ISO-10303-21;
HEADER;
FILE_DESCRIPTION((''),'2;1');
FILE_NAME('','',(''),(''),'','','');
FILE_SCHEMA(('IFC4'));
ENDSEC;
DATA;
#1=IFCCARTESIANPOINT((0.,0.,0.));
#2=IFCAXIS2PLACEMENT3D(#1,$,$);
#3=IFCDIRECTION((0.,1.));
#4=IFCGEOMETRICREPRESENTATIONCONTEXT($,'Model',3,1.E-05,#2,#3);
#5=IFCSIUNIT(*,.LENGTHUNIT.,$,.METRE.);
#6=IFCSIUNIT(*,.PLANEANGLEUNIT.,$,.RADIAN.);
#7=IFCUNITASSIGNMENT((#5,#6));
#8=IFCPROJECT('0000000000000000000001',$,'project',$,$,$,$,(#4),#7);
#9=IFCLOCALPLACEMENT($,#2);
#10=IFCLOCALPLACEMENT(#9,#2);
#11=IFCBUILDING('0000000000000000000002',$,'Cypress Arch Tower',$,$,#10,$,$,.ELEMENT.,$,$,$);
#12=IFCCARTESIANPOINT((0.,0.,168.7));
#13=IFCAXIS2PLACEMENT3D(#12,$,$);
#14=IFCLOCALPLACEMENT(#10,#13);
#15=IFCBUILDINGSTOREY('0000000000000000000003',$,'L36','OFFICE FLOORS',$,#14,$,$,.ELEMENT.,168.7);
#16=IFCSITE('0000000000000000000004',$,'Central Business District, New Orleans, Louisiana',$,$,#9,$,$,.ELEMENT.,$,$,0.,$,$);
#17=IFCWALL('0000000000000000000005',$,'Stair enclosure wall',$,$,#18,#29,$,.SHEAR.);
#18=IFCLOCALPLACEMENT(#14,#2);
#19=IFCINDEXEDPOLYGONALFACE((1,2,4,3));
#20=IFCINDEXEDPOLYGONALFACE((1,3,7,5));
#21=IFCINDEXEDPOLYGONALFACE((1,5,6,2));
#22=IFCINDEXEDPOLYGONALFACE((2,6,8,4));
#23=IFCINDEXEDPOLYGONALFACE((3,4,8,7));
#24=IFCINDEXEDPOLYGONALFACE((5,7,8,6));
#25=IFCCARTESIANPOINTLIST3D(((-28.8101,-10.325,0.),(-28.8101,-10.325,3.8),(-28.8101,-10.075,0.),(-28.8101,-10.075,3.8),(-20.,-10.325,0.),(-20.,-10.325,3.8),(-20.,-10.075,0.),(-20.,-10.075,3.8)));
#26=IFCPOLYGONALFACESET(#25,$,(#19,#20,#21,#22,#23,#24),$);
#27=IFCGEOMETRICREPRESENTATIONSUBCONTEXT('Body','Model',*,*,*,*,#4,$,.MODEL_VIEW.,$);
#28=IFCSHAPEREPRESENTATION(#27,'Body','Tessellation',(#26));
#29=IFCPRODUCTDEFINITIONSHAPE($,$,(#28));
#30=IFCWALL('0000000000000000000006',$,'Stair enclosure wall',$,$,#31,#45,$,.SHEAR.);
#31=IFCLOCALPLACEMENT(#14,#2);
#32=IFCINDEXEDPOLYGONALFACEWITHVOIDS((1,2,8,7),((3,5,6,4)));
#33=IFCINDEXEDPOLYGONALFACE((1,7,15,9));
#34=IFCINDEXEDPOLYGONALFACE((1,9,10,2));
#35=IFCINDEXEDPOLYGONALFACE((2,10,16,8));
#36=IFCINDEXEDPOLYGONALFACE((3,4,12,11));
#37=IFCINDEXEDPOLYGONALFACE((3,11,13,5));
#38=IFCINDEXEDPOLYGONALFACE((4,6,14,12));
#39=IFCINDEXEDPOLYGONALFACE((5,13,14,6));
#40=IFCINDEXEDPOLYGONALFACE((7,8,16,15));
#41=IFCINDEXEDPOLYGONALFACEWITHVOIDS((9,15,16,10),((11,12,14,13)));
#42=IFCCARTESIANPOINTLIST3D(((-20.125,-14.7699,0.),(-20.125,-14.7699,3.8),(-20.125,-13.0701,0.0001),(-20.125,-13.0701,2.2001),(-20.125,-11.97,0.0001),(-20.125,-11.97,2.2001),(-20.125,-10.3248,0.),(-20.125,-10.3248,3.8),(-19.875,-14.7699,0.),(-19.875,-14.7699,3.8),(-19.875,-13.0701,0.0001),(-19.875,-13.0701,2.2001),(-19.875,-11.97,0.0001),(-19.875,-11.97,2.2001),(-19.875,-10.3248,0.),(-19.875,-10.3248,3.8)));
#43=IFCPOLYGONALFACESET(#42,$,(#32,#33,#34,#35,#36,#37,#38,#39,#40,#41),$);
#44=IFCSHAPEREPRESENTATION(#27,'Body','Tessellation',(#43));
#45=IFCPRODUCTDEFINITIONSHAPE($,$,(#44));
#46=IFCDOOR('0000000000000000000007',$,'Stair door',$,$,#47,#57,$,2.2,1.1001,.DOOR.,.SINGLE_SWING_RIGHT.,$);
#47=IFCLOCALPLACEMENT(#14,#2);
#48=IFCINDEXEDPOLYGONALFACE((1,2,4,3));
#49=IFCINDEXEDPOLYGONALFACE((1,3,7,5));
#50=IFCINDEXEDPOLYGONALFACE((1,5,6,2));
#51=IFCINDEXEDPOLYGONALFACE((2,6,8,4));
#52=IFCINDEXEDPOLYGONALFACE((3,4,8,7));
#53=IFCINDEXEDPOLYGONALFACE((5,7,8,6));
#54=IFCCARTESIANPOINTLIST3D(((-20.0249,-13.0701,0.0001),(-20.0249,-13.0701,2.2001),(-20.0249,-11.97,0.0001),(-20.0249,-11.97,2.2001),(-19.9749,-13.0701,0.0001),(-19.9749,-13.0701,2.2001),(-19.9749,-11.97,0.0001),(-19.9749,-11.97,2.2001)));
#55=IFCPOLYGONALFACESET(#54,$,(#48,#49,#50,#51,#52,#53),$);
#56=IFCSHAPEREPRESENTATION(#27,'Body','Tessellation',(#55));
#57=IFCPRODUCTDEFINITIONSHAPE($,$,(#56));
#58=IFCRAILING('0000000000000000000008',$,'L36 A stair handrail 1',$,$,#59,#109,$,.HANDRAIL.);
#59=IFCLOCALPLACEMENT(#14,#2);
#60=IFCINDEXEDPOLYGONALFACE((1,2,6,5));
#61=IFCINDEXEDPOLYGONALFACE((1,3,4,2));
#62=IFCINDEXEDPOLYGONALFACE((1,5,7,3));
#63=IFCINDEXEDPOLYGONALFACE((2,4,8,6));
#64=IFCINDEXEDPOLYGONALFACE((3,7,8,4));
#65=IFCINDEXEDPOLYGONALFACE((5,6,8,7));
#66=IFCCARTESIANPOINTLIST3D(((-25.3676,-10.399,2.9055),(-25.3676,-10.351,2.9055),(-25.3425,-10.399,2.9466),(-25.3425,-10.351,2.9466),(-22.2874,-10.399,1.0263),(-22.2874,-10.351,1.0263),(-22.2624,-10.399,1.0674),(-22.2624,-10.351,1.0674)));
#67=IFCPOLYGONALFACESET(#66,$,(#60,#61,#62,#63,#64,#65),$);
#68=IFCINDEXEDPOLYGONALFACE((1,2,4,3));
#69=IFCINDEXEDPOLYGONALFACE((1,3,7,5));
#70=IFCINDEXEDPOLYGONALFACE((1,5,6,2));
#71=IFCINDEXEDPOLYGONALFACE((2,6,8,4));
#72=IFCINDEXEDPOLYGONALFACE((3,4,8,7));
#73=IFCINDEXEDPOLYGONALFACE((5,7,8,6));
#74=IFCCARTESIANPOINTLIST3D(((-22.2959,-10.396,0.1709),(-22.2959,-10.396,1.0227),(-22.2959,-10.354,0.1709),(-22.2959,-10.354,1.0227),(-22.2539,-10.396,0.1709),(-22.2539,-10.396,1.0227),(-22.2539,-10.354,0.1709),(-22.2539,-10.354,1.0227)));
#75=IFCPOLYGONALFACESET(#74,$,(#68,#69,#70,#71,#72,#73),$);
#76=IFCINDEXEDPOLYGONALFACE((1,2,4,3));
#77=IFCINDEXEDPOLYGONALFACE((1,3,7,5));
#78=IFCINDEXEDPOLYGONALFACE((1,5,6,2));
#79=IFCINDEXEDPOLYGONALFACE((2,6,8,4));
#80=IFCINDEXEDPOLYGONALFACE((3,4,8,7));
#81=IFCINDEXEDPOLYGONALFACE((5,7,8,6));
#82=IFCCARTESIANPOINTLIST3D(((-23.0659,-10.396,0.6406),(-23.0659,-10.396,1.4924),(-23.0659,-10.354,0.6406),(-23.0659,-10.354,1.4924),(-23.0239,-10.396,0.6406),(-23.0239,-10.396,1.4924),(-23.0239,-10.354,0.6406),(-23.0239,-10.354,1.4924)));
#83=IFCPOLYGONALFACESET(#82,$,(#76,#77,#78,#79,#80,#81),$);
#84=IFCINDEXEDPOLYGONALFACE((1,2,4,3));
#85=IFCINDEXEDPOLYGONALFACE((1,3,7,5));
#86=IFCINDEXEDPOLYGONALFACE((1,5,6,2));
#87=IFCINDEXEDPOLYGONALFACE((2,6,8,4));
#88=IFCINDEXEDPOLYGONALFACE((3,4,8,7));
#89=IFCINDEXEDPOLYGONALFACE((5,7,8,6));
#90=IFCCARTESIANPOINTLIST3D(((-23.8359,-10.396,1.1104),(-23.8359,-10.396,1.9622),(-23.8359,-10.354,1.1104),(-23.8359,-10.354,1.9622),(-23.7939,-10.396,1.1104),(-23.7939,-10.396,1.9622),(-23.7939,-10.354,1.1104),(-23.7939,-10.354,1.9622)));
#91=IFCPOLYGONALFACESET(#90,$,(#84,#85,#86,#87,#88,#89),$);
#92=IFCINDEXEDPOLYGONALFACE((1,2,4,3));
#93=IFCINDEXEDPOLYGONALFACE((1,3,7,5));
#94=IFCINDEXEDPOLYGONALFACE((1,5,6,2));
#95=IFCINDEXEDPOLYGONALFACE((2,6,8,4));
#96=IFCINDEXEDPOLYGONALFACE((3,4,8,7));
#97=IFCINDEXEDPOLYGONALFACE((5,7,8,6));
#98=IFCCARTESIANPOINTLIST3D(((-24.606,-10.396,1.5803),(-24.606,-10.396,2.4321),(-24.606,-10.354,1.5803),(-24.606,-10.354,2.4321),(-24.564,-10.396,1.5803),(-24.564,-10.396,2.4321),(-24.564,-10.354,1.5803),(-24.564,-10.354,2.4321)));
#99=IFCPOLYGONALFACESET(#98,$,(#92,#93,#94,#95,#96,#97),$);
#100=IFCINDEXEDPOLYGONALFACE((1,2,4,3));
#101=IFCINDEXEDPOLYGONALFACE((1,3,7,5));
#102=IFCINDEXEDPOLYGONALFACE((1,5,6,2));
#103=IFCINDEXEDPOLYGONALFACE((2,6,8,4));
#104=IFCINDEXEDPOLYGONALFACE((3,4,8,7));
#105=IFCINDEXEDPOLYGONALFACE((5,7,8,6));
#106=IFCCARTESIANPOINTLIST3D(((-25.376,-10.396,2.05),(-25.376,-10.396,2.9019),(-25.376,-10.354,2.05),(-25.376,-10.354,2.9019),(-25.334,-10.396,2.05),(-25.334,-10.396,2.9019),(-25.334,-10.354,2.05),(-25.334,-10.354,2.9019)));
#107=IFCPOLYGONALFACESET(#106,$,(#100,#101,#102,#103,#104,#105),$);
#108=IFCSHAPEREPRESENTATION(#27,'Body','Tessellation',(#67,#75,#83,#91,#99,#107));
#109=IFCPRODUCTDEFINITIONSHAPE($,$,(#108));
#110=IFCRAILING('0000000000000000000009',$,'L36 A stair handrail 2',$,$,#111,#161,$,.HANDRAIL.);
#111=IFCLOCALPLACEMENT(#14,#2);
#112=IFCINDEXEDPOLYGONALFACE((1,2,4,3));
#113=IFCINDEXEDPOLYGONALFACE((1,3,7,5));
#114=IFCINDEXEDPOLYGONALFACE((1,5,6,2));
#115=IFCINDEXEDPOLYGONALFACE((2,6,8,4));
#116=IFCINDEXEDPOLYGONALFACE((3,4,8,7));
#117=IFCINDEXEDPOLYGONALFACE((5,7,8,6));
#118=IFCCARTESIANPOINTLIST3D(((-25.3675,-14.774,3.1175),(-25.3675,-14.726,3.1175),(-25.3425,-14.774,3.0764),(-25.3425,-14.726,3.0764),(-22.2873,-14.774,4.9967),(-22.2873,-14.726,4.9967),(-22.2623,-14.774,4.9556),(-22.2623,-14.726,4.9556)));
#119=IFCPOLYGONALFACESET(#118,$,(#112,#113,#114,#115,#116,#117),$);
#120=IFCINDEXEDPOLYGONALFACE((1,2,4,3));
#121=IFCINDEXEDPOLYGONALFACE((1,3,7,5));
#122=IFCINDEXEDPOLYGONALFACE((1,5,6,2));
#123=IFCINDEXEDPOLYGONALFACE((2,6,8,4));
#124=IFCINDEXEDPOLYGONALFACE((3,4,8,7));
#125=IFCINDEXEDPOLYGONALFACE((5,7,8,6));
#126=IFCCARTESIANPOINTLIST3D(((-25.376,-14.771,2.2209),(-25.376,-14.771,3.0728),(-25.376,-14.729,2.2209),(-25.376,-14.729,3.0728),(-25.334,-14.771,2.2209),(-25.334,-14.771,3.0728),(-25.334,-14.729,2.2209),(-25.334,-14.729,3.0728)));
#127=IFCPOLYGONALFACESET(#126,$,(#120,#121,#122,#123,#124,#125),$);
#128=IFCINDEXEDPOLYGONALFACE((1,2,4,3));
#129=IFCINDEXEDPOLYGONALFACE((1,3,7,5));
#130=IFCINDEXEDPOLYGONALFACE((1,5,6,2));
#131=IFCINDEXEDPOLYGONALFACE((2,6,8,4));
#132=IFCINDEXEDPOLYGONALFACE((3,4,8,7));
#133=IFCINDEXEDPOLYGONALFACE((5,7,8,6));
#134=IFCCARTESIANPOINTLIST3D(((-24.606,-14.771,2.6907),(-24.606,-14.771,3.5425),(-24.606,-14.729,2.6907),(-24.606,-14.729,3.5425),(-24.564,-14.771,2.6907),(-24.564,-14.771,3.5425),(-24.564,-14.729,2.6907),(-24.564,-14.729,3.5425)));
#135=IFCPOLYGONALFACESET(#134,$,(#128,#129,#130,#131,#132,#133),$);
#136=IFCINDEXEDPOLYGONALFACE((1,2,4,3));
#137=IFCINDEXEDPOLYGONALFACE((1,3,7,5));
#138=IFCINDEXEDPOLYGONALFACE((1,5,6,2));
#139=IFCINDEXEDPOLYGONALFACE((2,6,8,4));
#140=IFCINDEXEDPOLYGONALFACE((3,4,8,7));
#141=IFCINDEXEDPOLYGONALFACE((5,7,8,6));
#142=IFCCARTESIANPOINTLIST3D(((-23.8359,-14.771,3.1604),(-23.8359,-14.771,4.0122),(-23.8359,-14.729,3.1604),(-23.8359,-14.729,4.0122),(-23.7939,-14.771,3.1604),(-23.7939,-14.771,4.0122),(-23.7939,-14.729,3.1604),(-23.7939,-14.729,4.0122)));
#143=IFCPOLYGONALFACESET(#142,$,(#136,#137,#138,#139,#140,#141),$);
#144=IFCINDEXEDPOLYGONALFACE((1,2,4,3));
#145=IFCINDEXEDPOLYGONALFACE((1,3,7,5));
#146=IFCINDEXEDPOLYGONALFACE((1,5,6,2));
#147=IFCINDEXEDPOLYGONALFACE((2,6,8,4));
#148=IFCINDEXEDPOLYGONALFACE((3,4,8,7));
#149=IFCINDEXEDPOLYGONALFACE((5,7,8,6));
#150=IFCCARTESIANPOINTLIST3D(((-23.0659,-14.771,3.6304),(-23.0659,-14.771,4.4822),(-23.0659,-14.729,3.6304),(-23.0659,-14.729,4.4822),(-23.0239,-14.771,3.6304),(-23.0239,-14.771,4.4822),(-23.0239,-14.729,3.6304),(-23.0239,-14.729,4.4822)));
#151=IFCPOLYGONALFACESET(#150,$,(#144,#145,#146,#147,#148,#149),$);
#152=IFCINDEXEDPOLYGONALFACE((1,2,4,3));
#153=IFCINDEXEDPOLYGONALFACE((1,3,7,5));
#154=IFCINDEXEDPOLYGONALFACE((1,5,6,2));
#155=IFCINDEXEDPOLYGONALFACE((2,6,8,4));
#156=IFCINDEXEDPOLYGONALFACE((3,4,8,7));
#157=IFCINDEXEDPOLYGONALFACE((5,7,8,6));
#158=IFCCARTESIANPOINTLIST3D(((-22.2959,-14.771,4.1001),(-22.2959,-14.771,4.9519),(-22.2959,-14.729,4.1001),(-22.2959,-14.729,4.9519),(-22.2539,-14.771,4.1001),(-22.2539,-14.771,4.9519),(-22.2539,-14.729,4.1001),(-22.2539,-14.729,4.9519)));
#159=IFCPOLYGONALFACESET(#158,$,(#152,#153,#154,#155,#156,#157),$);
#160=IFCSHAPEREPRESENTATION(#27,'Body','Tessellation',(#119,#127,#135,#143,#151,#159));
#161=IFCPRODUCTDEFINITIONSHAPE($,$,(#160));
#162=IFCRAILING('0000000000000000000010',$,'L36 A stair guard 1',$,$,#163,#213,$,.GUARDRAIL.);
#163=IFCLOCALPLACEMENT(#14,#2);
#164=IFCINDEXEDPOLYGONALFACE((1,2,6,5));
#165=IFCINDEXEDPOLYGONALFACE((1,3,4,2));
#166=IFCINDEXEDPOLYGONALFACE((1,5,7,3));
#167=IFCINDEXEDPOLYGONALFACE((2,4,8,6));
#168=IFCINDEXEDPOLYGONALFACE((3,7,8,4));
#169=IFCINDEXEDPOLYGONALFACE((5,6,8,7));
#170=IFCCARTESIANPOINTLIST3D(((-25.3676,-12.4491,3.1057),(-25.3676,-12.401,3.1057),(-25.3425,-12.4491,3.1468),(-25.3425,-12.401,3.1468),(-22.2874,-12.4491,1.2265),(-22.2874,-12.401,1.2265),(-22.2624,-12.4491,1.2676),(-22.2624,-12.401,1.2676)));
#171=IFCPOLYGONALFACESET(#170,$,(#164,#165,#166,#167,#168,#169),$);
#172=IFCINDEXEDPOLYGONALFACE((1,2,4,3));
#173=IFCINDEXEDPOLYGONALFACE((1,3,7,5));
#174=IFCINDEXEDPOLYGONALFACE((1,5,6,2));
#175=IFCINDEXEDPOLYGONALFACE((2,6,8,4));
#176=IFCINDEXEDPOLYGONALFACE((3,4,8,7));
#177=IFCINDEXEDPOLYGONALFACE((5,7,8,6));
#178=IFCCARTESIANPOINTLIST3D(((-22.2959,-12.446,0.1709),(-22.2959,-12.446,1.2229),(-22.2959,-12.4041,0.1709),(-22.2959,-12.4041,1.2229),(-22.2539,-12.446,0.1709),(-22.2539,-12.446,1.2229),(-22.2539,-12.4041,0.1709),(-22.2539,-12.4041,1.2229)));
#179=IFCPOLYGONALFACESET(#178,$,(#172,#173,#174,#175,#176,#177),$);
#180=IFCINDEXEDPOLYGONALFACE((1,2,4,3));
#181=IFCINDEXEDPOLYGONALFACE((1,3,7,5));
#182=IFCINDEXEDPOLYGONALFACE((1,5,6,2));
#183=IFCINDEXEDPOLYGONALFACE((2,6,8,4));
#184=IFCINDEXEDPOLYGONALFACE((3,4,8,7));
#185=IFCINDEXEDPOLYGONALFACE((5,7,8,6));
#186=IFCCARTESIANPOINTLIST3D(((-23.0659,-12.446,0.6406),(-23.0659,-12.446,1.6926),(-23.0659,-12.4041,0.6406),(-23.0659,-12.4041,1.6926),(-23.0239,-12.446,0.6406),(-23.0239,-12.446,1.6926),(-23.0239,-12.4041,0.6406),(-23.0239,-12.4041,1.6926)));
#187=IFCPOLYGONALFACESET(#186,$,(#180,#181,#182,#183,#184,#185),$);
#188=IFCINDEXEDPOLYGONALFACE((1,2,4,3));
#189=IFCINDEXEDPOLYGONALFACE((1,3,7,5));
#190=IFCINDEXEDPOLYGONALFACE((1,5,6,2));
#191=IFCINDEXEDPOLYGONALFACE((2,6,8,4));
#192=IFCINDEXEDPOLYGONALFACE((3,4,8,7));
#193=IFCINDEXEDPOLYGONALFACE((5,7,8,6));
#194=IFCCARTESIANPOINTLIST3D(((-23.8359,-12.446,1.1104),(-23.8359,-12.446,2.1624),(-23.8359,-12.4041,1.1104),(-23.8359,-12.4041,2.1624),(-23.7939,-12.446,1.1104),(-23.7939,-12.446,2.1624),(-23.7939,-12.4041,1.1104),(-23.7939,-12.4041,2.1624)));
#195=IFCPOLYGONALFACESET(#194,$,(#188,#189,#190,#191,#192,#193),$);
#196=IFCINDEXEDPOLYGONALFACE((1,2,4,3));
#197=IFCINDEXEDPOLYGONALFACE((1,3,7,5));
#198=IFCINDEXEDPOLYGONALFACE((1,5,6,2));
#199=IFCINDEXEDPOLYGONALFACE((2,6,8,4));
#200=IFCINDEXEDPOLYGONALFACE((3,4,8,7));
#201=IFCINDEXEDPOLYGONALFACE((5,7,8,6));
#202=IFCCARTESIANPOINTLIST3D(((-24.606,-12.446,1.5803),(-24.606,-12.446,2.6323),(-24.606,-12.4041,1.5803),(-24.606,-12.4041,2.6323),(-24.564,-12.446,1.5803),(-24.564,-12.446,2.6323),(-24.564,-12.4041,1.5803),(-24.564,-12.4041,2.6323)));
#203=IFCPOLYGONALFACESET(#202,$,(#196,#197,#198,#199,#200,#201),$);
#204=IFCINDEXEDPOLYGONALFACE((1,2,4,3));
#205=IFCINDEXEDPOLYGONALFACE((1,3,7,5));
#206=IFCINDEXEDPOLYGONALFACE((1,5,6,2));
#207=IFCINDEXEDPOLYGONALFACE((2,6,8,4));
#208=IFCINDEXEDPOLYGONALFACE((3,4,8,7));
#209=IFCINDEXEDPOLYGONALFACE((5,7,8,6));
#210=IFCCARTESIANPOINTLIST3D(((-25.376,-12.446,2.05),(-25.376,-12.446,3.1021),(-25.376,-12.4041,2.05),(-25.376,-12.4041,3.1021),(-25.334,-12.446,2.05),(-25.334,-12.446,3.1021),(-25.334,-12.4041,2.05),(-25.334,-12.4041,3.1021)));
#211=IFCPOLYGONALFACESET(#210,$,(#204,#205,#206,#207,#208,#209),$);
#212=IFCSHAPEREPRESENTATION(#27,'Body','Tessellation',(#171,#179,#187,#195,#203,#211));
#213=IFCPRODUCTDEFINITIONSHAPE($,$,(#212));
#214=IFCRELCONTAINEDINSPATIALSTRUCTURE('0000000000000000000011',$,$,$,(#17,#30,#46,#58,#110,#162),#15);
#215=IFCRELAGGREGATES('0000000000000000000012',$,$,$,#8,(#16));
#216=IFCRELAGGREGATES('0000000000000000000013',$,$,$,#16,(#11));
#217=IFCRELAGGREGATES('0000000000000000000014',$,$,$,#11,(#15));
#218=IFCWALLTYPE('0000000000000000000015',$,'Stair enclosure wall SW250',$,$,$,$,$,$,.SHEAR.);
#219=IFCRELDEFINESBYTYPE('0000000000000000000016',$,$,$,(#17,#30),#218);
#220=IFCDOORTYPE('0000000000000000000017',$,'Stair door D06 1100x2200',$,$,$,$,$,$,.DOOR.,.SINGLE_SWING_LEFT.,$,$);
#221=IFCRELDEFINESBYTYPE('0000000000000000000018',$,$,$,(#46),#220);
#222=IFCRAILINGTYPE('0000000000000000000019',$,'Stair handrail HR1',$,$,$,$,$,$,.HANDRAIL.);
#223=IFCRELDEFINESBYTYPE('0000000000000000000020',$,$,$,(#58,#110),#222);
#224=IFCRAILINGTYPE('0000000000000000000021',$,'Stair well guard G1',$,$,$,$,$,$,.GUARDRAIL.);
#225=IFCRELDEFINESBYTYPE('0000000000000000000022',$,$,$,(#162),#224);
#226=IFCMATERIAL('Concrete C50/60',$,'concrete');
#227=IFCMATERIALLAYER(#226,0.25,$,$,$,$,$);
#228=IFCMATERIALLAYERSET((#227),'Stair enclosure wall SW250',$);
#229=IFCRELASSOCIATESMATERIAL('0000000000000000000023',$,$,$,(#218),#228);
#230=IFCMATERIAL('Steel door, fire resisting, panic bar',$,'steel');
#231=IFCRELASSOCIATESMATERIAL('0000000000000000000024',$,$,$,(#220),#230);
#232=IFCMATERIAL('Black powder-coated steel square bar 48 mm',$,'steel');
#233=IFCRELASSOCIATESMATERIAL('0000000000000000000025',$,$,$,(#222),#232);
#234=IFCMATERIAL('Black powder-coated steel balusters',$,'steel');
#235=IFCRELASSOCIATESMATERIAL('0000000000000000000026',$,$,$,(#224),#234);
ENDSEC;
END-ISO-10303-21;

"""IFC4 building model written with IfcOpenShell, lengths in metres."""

from ifc_helpers import new_model, si_unit, direction, frame, frame_2d, origin, origin_2d, place, context, subcontext, project, spatial, rectangle, extrude, material, layer, layer_set, type_object, element, fill, save


model = new_model("IFC4")

# Units and contexts
model_context = context("Model", 3, precision=1e-05, world=origin(), true_north=direction((0.0, 1.0)))
body_context = subcontext(model_context, "Body", "Model", "MODEL_VIEW")
ifc_project = project(units=[si_unit("LENGTHUNIT", "METRE"), si_unit("PLANEANGLEUNIT", "RADIAN")], contexts=[model_context])

# Site, building, storey
site_placement = place(None, origin())
site = spatial("IfcSite", under=ifc_project, at=site_placement, Name="Central Business District, New Orleans, Louisiana", CompositionType="ELEMENT", RefElevation=0.0)
building_placement = place(site_placement, origin())
building = spatial("IfcBuilding", under=site, at=building_placement, Name="Cypress Arch Tower", CompositionType="ELEMENT")
storey_placement = place(building_placement, frame((0.0, 0.0, 168.7)))
storey = spatial("IfcBuildingStorey", under=building, at=storey_placement, Name="L36", Description="OFFICE FLOORS", CompositionType="ELEMENT", Elevation=168.7)

# Wall
ifc_material_1 = material(Name="Concrete C50/60", Category="concrete")
ifc_layer_1 = layer(ifc_material_1, 0.25)
ifc_layer_set_1 = layer_set([ifc_layer_1], Name="Stair enclosure wall SW250")
wall_type_1 = type_object("IfcWallType", Name="Stair enclosure wall SW250", PredefinedType="SHEAR", material=ifc_layer_set_1)
wall_1_placement = place(storey_placement, frame((-28.8101, -10.2, 0.0), z_axis=(0.0, 0.0, 1.0), x_axis=(1.0, 0.0, 0.0)))
element("IfcWall", 1, at=wall_1_placement, inside=storey, type_object=wall_type_1, Name="Stair enclosure wall", PredefinedType="SHEAR", context=body_context, shape_type="SweptSolid", body=[
    extrude(rectangle(XDim=8.8101, YDim=0.25, at=frame_2d((4.405, 0.0))), origin(), (0.0, 0.0, 1.0), 3.8),
])

# Wall, opening, door
wall_2_placement = place(storey_placement, frame((-20.0, -14.77, 0.0), z_axis=(0.0, 0.0, 1.0), x_axis=(0.0, 1.0, 0.0)))
wall_2 = element("IfcWall", 2, at=wall_2_placement, inside=storey, type_object=wall_type_1, Name="Stair enclosure wall", PredefinedType="SHEAR", context=body_context, shape_type="SweptSolid", body=[
    extrude(rectangle(XDim=4.4451, YDim=0.25, at=frame_2d((2.2227, 0.0))), origin(), (0.0, 0.0, 1.0), 3.8),
])
opening_1_placement = place(wall_2_placement, frame((1.7, 0.0, 0.0)))
opening_1 = element("IfcOpeningElement", 3, at=opening_1_placement, cuts=wall_2, PredefinedType="OPENING", context=body_context, shape_type="SweptSolid", body=[
    extrude(rectangle(XDim=1.1001, YDim=2.2, at=frame_2d((0.55, 1.1001))), frame((0.0, 0.135, 0.0), z_axis=(0.0, -1.0, 0.0), x_axis=(1.0, 0.0, 0.0)), (0.0, 0.0, 1.0), 0.27),
])
ifc_material_2 = material(Name="Steel door, fire resisting, panic bar", Category="steel")
door_type_1 = type_object("IfcDoorType", Name="Stair door D06 1100x2200", OperationType="SINGLE_SWING_LEFT", PredefinedType="DOOR", material=ifc_material_2)
door_1_placement = place(opening_1_placement, origin())
door_1 = element("IfcDoor", 4, at=door_1_placement, inside=storey, type_object=door_type_1, Name="Stair door", OperationType="SINGLE_SWING_RIGHT", OverallHeight=2.2, OverallWidth=1.1001, PredefinedType="DOOR", context=body_context, shape_type="SweptSolid", body=[
    extrude(rectangle(XDim=1.1001, YDim=2.2, at=frame_2d((0.55, 1.1001))), frame((0.0, 0.0249, 0.0), z_axis=(0.0, -1.0, 0.0), x_axis=(1.0, 0.0, 0.0)), (0.0, 0.0, 1.0), 0.05),
])
fill(opening_1, door_1)

# Railings
ifc_material_3 = material(Name="Black powder-coated steel square bar 48 mm", Category="steel")
railing_type_1 = type_object("IfcRailingType", Name="Stair handrail HR1", PredefinedType="HANDRAIL", material=ifc_material_3)
railing_1_placement = place(storey_placement, frame((-22.2749, -10.375, 0.1709)))
element("IfcRailing", 5, at=railing_1_placement, inside=storey, type_object=railing_type_1, Name="L36 A stair handrail 1", PredefinedType="HANDRAIL", context=body_context, shape_type="SweptSolid", body=[
    extrude(rectangle(XDim=0.0481, YDim=0.0481, at=origin_2d()), frame((0.0, 0.0, 0.876), z_axis=(-0.853666, 0.0, 0.52082), x_axis=(0.0, -1.0, 0.0)), (0.0, 0.0, 1.0), 3.6082),
    extrude(rectangle(XDim=0.042, YDim=0.042, at=origin_2d()), origin(), (0.0, 0.0, 1.0), 0.8518),
    extrude(rectangle(XDim=0.042, YDim=0.042, at=origin_2d()), frame((-0.77, 0.0, 0.4697)), (0.0, 0.0, 1.0), 0.8518),
    extrude(rectangle(XDim=0.042, YDim=0.042, at=origin_2d()), frame((-1.54, 0.0, 0.9395)), (0.0, 0.0, 1.0), 0.8518),
    extrude(rectangle(XDim=0.042, YDim=0.042, at=origin_2d()), frame((-2.3101, 0.0, 1.4094)), (0.0, 0.0, 1.0), 0.8518),
    extrude(rectangle(XDim=0.042, YDim=0.042, at=origin_2d()), frame((-3.0801, 0.0, 1.8792)), (0.0, 0.0, 1.0), 0.8518),
])
railing_2_placement = place(storey_placement, frame((-25.355, -14.75, 2.2209)))
element("IfcRailing", 6, at=railing_2_placement, inside=storey, type_object=railing_type_1, Name="L36 A stair handrail 2", PredefinedType="HANDRAIL", context=body_context, shape_type="SweptSolid", body=[
    extrude(rectangle(XDim=0.0481, YDim=0.0481, at=origin_2d()), frame((0.0, 0.0, 0.876), z_axis=(0.853666, 0.0, 0.52082), x_axis=(0.0, 1.0, 0.0)), (0.0, 0.0, 1.0), 3.6082),
    extrude(rectangle(XDim=0.042, YDim=0.042, at=origin_2d()), origin(), (0.0, 0.0, 1.0), 0.8518),
    extrude(rectangle(XDim=0.042, YDim=0.042, at=origin_2d()), frame((0.77, 0.0, 0.4697)), (0.0, 0.0, 1.0), 0.8518),
    extrude(rectangle(XDim=0.042, YDim=0.042, at=origin_2d()), frame((1.54, 0.0, 0.9395)), (0.0, 0.0, 1.0), 0.8518),
    extrude(rectangle(XDim=0.042, YDim=0.042, at=origin_2d()), frame((2.3101, 0.0, 1.4094)), (0.0, 0.0, 1.0), 0.8518),
    extrude(rectangle(XDim=0.042, YDim=0.042, at=origin_2d()), frame((3.0801, 0.0, 1.8792)), (0.0, 0.0, 1.0), 0.8518),
])
ifc_material_4 = material(Name="Black powder-coated steel balusters", Category="steel")
railing_type_2 = type_object("IfcRailingType", Name="Stair well guard G1", PredefinedType="GUARDRAIL", material=ifc_material_4)
railing_3_placement = place(storey_placement, frame((-22.2749, -12.425, 0.1709)))
element("IfcRailing", 7, at=railing_3_placement, inside=storey, type_object=railing_type_2, Name="L36 A stair guard 1", PredefinedType="GUARDRAIL", context=body_context, shape_type="SweptSolid", body=[
    extrude(rectangle(XDim=0.0481, YDim=0.0481, at=origin_2d()), frame((0.0, 0.0, 1.0762), z_axis=(-0.853666, 0.0, 0.52082), x_axis=(0.0, -1.0, 0.0)), (0.0, 0.0, 1.0), 3.6082),
    extrude(rectangle(XDim=0.042, YDim=0.042, at=origin_2d()), origin(), (0.0, 0.0, 1.0), 1.052),
    extrude(rectangle(XDim=0.042, YDim=0.042, at=origin_2d()), frame((-0.77, 0.0, 0.4697)), (0.0, 0.0, 1.0), 1.052),
    extrude(rectangle(XDim=0.042, YDim=0.042, at=origin_2d()), frame((-1.54, 0.0, 0.9395)), (0.0, 0.0, 1.0), 1.052),
    extrude(rectangle(XDim=0.042, YDim=0.042, at=origin_2d()), frame((-2.3101, 0.0, 1.4094)), (0.0, 0.0, 1.0), 1.052),
    extrude(rectangle(XDim=0.042, YDim=0.042, at=origin_2d()), frame((-3.0801, 0.0, 1.8792)), (0.0, 0.0, 1.0), 1.052),
])

save(model, "model.ifc")
